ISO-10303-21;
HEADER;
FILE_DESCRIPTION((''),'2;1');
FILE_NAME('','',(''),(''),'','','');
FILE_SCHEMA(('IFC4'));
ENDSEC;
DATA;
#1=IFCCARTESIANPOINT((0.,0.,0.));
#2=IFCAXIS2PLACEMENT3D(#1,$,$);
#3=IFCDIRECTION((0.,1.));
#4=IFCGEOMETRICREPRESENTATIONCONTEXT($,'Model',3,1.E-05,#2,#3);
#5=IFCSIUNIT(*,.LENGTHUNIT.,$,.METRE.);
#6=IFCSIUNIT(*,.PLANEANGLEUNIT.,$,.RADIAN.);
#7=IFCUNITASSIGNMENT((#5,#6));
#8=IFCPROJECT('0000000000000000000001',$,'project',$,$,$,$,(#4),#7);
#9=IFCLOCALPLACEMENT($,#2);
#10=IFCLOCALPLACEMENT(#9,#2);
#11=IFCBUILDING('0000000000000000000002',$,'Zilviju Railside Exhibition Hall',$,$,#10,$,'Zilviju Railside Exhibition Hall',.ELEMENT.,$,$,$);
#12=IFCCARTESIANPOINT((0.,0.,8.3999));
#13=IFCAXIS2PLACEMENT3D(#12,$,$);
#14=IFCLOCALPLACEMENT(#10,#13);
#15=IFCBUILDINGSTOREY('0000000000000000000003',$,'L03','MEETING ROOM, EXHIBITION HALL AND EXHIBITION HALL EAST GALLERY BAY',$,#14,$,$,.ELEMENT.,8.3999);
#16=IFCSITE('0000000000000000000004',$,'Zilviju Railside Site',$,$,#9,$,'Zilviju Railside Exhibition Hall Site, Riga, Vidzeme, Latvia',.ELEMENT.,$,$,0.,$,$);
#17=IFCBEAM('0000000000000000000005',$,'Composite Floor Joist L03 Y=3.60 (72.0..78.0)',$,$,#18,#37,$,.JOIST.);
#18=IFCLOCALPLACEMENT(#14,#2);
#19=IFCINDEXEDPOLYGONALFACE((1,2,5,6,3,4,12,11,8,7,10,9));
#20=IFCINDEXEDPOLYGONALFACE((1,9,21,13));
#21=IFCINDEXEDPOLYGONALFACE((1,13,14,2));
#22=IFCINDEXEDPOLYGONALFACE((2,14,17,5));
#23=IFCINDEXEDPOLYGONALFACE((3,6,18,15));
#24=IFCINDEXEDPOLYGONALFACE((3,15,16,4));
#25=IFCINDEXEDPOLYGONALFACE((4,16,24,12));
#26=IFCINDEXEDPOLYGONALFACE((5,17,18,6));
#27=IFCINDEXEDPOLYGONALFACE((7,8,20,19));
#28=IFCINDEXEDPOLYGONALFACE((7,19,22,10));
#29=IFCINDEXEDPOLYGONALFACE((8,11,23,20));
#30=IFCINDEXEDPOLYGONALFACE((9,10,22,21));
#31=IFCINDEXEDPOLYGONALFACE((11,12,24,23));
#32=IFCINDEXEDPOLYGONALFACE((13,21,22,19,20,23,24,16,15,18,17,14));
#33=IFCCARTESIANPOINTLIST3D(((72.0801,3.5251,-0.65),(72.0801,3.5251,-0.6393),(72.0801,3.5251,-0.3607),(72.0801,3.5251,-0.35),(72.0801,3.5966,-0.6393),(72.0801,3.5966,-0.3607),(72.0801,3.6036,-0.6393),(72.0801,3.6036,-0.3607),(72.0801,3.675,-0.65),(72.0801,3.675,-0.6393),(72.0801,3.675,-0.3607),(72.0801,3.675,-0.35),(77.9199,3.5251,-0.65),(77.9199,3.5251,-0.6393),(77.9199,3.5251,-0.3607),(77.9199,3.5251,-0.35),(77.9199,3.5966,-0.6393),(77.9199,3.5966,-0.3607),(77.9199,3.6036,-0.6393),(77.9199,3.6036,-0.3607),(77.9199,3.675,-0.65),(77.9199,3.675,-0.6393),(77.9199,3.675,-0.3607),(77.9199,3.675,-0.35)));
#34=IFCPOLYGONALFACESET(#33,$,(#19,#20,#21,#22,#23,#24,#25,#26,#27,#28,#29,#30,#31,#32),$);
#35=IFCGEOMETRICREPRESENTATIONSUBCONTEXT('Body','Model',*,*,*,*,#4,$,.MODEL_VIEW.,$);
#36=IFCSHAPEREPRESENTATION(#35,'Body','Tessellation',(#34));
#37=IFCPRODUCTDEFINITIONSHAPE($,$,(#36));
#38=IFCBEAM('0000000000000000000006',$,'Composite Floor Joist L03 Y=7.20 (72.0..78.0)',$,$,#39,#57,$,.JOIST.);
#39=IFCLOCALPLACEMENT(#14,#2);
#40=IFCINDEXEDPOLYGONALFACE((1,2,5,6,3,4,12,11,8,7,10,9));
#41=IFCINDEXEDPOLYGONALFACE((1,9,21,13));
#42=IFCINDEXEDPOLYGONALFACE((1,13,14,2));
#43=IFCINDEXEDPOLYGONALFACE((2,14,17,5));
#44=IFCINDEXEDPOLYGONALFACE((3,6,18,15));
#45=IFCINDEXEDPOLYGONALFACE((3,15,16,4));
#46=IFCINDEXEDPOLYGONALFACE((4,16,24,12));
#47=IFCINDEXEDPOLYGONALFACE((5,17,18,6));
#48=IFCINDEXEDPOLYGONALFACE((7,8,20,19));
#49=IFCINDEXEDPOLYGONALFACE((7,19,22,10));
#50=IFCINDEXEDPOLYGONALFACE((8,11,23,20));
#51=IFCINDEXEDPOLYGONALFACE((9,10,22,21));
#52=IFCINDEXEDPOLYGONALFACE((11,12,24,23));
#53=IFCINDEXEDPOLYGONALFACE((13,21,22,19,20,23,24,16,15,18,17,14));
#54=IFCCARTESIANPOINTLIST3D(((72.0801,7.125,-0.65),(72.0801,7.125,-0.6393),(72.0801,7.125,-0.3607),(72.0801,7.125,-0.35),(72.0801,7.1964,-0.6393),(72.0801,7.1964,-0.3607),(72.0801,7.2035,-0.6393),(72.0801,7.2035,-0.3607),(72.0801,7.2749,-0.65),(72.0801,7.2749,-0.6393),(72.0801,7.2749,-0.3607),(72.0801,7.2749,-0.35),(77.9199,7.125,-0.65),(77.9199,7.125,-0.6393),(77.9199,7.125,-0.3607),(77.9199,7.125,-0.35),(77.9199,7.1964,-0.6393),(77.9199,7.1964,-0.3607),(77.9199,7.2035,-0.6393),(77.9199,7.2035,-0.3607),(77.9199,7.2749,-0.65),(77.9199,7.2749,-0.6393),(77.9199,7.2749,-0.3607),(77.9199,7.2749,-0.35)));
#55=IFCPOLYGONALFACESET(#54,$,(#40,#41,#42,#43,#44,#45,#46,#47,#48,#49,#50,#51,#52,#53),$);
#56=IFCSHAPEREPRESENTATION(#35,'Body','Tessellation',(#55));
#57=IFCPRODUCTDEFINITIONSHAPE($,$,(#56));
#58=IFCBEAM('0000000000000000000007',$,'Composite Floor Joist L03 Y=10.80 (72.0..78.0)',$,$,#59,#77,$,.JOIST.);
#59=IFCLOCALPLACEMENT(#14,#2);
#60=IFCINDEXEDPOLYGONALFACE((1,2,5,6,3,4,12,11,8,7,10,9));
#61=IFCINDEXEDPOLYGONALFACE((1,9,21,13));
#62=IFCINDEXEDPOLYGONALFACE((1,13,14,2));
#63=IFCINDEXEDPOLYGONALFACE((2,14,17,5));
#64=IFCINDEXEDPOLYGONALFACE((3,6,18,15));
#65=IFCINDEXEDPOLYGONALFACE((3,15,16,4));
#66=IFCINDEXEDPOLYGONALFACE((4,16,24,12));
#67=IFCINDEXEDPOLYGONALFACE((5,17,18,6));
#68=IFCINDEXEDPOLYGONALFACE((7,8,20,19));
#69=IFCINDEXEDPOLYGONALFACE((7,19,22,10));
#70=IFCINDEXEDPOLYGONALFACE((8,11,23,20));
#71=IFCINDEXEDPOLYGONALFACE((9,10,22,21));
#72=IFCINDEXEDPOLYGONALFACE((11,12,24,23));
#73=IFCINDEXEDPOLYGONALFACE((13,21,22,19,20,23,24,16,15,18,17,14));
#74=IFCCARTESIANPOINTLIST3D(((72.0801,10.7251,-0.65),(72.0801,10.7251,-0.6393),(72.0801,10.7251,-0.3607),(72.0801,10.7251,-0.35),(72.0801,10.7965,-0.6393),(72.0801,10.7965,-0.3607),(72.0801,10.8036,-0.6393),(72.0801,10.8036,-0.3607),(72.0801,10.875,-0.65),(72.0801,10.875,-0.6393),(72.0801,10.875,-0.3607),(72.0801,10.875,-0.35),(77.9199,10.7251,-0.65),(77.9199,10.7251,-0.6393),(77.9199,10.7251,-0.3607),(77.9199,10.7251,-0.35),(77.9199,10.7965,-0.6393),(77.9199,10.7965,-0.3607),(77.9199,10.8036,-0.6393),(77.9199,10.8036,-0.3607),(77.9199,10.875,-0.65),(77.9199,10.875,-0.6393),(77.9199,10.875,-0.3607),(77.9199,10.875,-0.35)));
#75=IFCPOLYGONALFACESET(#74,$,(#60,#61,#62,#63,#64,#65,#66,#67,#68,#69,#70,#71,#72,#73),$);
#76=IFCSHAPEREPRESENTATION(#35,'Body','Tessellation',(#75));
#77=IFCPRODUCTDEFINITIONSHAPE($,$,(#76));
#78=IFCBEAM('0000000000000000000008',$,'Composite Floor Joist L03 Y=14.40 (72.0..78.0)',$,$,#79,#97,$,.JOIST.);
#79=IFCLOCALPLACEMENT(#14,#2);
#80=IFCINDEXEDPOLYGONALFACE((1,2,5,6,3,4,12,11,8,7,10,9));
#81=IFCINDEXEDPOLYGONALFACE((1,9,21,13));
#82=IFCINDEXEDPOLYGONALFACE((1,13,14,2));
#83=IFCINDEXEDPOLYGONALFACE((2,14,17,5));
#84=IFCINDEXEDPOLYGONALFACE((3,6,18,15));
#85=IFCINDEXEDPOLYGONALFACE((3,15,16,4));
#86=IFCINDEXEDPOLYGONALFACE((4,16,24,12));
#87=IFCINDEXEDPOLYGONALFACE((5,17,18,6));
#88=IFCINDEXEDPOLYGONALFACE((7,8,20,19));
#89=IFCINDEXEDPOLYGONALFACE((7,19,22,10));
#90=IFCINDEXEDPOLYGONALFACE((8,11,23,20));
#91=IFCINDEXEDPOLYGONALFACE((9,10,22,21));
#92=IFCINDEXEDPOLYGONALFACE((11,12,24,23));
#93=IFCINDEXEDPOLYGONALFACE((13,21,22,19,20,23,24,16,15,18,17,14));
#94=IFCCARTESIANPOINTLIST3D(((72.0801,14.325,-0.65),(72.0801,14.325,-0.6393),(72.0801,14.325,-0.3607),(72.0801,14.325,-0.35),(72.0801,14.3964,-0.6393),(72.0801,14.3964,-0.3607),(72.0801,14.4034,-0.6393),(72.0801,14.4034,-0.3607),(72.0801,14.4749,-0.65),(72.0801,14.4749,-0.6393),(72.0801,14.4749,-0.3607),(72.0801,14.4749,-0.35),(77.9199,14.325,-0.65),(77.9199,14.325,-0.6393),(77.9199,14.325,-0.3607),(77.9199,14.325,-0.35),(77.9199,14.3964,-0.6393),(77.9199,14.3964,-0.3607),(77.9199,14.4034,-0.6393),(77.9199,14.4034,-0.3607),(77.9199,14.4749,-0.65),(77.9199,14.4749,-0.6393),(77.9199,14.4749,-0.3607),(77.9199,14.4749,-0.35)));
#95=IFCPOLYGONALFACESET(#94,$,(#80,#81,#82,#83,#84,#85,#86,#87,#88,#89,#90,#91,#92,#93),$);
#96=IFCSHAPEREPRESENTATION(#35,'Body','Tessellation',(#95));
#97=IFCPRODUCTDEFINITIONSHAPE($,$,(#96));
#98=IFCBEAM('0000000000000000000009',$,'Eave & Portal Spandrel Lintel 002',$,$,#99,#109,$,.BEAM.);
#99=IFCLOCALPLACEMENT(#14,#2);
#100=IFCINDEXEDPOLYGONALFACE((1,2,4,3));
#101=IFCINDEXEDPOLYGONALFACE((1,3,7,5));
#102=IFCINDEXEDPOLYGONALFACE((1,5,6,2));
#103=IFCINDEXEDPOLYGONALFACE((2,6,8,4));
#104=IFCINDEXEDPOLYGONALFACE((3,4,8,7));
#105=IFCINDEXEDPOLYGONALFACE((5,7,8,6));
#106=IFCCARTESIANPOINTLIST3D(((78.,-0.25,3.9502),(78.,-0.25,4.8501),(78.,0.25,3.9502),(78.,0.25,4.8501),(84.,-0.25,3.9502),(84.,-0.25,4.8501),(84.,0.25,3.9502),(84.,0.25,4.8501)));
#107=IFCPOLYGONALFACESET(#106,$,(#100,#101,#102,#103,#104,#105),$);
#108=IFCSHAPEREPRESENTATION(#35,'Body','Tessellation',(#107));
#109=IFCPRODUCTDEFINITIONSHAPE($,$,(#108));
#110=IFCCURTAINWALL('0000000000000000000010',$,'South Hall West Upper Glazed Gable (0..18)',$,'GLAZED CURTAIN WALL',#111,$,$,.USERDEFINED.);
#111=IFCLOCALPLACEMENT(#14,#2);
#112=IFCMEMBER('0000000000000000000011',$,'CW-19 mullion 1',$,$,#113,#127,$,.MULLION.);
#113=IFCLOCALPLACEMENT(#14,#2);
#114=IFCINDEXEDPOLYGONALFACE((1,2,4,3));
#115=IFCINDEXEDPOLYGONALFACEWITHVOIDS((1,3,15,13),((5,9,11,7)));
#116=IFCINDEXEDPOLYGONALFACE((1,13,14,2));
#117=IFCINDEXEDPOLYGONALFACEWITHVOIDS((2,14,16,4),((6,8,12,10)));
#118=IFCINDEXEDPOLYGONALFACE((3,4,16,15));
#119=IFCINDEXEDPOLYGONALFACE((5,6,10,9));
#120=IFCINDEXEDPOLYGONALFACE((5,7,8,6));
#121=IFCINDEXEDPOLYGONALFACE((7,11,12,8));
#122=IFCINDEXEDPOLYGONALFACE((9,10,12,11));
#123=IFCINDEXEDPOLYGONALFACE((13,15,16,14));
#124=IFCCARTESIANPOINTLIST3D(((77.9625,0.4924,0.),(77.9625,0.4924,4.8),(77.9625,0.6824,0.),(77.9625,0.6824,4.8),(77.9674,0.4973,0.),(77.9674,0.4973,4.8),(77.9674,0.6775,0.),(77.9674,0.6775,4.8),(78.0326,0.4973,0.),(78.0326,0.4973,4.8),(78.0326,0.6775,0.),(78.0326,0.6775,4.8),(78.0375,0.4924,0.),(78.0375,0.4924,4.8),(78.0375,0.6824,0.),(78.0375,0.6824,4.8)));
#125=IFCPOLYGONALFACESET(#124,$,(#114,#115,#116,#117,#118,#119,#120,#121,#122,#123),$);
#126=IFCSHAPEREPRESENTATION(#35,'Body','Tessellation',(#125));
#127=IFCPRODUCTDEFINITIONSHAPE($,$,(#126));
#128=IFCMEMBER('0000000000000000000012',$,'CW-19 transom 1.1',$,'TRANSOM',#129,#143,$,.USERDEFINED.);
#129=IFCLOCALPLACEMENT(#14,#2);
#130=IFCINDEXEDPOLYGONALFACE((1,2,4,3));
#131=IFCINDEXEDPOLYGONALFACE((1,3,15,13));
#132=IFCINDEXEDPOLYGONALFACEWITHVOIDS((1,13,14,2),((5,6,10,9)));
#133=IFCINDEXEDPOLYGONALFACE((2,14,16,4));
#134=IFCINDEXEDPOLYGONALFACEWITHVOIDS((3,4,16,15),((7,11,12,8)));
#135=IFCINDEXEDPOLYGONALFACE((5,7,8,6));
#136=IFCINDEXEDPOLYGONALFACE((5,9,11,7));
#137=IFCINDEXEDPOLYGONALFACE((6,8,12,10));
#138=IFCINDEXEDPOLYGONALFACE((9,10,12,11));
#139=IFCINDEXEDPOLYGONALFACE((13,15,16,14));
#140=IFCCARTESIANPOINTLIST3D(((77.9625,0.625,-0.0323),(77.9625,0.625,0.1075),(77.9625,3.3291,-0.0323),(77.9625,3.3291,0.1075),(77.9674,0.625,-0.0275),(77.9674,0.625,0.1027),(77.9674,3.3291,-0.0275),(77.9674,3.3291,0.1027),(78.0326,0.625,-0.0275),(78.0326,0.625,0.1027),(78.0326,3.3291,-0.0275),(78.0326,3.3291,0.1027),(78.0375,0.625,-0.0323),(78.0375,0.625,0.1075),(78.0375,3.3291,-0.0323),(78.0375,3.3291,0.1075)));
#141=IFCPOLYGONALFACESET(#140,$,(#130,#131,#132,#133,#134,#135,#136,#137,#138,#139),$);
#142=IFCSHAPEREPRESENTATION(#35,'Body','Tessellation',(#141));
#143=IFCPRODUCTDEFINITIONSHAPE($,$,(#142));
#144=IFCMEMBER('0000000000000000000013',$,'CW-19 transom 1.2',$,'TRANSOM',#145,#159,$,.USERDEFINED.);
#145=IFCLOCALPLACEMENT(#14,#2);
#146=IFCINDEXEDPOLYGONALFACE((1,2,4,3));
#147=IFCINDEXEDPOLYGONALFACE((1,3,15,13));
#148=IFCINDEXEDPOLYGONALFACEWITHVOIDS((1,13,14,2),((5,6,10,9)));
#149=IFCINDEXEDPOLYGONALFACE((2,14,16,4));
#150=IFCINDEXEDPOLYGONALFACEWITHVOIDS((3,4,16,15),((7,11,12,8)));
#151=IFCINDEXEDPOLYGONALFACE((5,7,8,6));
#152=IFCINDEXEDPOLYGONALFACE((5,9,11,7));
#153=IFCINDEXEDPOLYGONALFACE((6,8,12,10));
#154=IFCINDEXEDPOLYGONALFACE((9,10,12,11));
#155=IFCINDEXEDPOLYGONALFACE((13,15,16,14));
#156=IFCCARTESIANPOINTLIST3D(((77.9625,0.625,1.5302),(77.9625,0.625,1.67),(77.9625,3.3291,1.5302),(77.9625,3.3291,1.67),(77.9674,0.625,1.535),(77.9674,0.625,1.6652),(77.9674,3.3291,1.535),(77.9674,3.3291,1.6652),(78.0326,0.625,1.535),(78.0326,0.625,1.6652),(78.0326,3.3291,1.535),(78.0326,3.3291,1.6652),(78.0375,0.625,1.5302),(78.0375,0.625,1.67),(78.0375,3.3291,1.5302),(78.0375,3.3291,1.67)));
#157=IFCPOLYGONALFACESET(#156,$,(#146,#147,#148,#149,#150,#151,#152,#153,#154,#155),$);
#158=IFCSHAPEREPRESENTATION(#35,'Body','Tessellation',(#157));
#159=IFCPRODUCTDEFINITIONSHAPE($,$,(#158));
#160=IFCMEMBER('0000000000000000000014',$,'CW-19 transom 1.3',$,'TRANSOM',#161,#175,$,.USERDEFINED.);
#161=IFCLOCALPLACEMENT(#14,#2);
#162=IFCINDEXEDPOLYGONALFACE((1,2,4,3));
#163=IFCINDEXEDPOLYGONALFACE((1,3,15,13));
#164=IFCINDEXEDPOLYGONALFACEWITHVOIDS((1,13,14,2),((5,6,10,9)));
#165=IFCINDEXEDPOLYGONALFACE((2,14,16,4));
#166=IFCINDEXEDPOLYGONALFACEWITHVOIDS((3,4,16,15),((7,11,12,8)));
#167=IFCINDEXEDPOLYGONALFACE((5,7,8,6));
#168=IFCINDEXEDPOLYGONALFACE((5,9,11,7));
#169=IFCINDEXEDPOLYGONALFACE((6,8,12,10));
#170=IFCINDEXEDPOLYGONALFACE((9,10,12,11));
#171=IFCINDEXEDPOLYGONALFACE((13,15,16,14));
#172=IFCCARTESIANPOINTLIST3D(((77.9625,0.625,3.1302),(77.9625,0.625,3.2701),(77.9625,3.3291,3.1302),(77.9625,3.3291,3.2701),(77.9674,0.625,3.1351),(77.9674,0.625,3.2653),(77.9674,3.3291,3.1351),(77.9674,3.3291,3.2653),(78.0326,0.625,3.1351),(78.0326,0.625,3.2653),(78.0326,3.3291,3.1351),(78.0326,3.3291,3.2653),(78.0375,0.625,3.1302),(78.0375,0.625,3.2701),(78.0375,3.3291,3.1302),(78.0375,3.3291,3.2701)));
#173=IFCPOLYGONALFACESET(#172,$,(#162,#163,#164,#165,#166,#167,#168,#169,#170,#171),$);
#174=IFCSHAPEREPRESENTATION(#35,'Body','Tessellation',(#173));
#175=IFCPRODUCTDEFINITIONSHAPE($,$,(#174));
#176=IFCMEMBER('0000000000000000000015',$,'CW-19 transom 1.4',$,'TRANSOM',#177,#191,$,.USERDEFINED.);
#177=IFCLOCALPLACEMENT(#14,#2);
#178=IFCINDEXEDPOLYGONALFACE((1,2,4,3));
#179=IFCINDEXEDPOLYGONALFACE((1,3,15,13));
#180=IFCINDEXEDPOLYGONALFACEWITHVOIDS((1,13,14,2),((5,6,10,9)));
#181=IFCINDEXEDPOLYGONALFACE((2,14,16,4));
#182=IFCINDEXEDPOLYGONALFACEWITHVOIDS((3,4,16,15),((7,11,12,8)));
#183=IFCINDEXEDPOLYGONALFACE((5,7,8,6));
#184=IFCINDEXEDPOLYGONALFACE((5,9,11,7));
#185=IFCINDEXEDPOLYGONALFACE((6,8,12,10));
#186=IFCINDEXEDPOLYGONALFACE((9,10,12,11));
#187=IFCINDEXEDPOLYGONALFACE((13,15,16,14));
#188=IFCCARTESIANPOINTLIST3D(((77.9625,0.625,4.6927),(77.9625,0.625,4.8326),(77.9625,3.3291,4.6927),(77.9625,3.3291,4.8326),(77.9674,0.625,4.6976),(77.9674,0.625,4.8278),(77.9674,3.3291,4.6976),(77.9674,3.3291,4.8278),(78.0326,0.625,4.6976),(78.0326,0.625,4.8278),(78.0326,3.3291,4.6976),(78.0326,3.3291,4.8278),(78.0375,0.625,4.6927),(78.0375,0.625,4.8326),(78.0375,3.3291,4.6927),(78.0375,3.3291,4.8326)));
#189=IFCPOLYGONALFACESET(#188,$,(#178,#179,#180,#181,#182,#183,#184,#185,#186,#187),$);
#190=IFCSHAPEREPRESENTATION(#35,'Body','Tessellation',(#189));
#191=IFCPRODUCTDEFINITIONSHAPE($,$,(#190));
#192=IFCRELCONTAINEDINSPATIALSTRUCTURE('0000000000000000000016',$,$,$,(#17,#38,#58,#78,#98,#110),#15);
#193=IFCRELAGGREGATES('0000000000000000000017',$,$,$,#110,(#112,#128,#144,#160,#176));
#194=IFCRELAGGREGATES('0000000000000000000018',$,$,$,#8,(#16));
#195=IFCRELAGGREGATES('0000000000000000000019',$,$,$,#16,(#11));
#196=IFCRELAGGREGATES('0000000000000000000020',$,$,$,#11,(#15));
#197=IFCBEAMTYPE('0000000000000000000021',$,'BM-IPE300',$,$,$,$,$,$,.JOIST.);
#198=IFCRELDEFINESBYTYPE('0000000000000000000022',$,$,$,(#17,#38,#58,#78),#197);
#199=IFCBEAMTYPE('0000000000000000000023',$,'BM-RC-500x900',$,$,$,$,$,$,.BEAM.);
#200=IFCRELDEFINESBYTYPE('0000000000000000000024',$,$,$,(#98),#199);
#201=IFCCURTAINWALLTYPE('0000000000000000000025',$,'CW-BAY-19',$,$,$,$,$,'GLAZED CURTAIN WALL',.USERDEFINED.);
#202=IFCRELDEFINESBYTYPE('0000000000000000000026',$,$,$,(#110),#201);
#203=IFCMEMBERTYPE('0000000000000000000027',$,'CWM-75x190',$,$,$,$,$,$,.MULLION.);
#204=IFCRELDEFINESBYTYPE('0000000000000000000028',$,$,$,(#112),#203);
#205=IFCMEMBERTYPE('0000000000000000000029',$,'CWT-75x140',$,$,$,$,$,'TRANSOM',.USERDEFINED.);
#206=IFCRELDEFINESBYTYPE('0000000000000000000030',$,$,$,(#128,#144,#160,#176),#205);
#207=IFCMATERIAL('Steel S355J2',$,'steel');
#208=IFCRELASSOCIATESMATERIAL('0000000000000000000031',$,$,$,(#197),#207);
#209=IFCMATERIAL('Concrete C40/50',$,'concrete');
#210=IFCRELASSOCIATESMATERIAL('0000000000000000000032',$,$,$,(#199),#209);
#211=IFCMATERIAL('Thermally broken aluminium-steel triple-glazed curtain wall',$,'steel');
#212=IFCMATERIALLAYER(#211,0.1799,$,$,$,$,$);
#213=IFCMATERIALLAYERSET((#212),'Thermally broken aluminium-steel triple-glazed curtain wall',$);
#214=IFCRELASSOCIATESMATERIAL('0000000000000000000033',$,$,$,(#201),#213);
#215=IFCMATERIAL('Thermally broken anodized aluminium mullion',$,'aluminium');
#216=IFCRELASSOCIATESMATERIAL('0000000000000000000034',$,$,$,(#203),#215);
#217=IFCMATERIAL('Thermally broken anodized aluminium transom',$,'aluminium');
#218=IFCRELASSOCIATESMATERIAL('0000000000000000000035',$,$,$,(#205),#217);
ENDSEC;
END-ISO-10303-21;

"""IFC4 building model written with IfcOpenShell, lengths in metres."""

from ifc_helpers import new_model, si_unit, direction, frame, origin, origin_2d, place, context, subcontext, project, spatial, rectangle, hollow_rectangle, i_section, extrude, material, layer, layer_set, material_profile, profile_set, type_object, element, aggregate, save


model = new_model("IFC4")

# Units and contexts
model_context = context("Model", 3, precision=1e-05, world=origin(), true_north=direction((0.0, 1.0)))
body_context = subcontext(model_context, "Body", "Model", "MODEL_VIEW")
ifc_project = project(units=[si_unit("LENGTHUNIT", "METRE"), si_unit("PLANEANGLEUNIT", "RADIAN")], contexts=[model_context])

# Site, building, storey
site_placement = place(None, origin())
site = spatial("IfcSite", under=ifc_project, at=site_placement, Name="Zilviju Railside Site", LongName="Zilviju Railside Exhibition Hall Site, Riga, Vidzeme, Latvia", CompositionType="ELEMENT", RefElevation=0.0)
building_placement = place(site_placement, origin())
building = spatial("IfcBuilding", under=site, at=building_placement, Name="Zilviju Railside Exhibition Hall", LongName="Zilviju Railside Exhibition Hall", CompositionType="ELEMENT")
storey_placement = place(building_placement, frame((0.0, 0.0, 8.3999)))
storey = spatial("IfcBuildingStorey", under=building, at=storey_placement, Name="L03", Description="MEETING ROOM, EXHIBITION HALL AND EXHIBITION HALL EAST GALLERY BAY", CompositionType="ELEMENT", Elevation=8.3999)

# Shared definitions
ifc_material_1 = material(Name="Steel S355J2", Category="steel")
ifc_material_2 = material(Name="Concrete C40/50", Category="concrete")

# Beams
ifc_material_profile_1 = material_profile(ifc_material_1, i_section(OverallWidth=0.1499, OverallDepth=0.3, WebThickness=0.0071, FlangeThickness=0.0107, at=origin_2d()), Name="IPE 300")
ifc_profile_set_1 = profile_set([ifc_material_profile_1], Name="Steel S355J2")
beam_type_1 = type_object("IfcBeamType", Name="BM-IPE300", PredefinedType="JOIST", material=ifc_profile_set_1)
for number, where, z_axis, x_axis, name in (
    (1, (72.0801, 3.6001, -0.5), (1.0, 0.0, 0.0), (0.0, 1.0, 0.0), "Composite Floor Joist L03 Y=3.60 (72.0..78.0)"),
    (2, (72.0801, 7.2, -0.5), (1.0, 0.0, 0.0), (0.0, 1.0, 0.0), "Composite Floor Joist L03 Y=7.20 (72.0..78.0)"),
    (3, (72.0801, 10.8, -0.5), (1.0, 0.0, 0.0), (0.0, 1.0, 0.0), "Composite Floor Joist L03 Y=10.80 (72.0..78.0)"),
    (4, (72.0801, 14.3999, -0.5), (1.0, 0.0, 0.0), (0.0, 1.0, 0.0), "Composite Floor Joist L03 Y=14.40 (72.0..78.0)"),
):
    element("IfcBeam", number, at=place(storey_placement, frame(where, z_axis=z_axis, x_axis=x_axis)), inside=storey, type_object=beam_type_1, Name=name, PredefinedType="JOIST", context=body_context, shape_type="SweptSolid", body=[
        extrude(i_section(OverallWidth=0.1499, OverallDepth=0.3, WebThickness=0.0071, FlangeThickness=0.0107, at=origin_2d()), origin(), (0.0, 0.0, 1.0), 5.8398),
    ])
ifc_material_profile_2 = material_profile(ifc_material_2, rectangle(XDim=0.5, YDim=0.8999, at=origin_2d()), Name="RC BEAM 500x900")
ifc_profile_set_2 = profile_set([ifc_material_profile_2], Name="Concrete C40/50")
beam_type_2 = type_object("IfcBeamType", Name="BM-RC-500x900", PredefinedType="BEAM", material=ifc_profile_set_2)
beam_1_placement = place(storey_placement, frame((78.0, 0.0, 4.4001), z_axis=(1.0, 0.0, 0.0), x_axis=(0.0, 1.0, 0.0)))
element("IfcBeam", 5, at=beam_1_placement, inside=storey, type_object=beam_type_2, Name="Eave & Portal Spandrel Lintel 002", PredefinedType="BEAM", context=body_context, shape_type="SweptSolid", body=[
    extrude(rectangle(XDim=0.5, YDim=0.8999, at=origin_2d()), origin(), (0.0, 0.0, 1.0), 6.0),
])

# Curtain wall, members
ifc_material_3 = material(Name="Thermally broken aluminium-steel triple-glazed curtain wall", Category="steel")
ifc_layer_1 = layer(ifc_material_3, 0.1799)
ifc_layer_set_1 = layer_set([ifc_layer_1], Name="Thermally broken aluminium-steel triple-glazed curtain wall")
curtain_wall_type = type_object("IfcCurtainWallType", Name="CW-BAY-19", ElementType="GLAZED CURTAIN WALL", PredefinedType="USERDEFINED", material=ifc_layer_set_1)
curtain_wall_placement = place(storey_placement, origin())
curtain_wall = element("IfcCurtainWall", 6, at=curtain_wall_placement, inside=storey, type_object=curtain_wall_type, Name="South Hall West Upper Glazed Gable (0..18)", ObjectType="GLAZED CURTAIN WALL", PredefinedType="USERDEFINED")
ifc_material_4 = material(Name="Thermally broken anodized aluminium mullion", Category="aluminium")
ifc_material_profile_3 = material_profile(ifc_material_4, hollow_rectangle(XDim=0.075, YDim=0.1899, WallThickness=0.0049, at=origin_2d()), Name="MULLION 190x75x5")
ifc_profile_set_3 = profile_set([ifc_material_profile_3], Name="Thermally broken anodized aluminium mullion")
member_type_1 = type_object("IfcMemberType", Name="CWM-75x190", PredefinedType="MULLION", material=ifc_profile_set_3)
member_1_placement = place(storey_placement, frame((78.0, 0.5874, 0.0), z_axis=(0.0, 0.0, 1.0), x_axis=(-1.0, 0.0, 0.0)))
member_1 = element("IfcMember", 7, at=member_1_placement, type_object=member_type_1, Name="CW-19 mullion 1", PredefinedType="MULLION", context=body_context, shape_type="SweptSolid", body=[
    extrude(hollow_rectangle(XDim=0.075, YDim=0.1899, WallThickness=0.0049, at=origin_2d()), origin(), (0.0, 0.0, 1.0), 4.8),
])
ifc_material_5 = material(Name="Thermally broken anodized aluminium transom", Category="aluminium")
ifc_material_profile_4 = material_profile(ifc_material_5, hollow_rectangle(XDim=0.075, YDim=0.1399, WallThickness=0.0049, at=origin_2d()), Name="TRANSOM 140x75x5")
ifc_profile_set_4 = profile_set([ifc_material_profile_4], Name="Thermally broken anodized aluminium transom")
member_type_2 = type_object("IfcMemberType", Name="CWT-75x140", ElementType="TRANSOM", PredefinedType="USERDEFINED", material=ifc_profile_set_4)
member_2_placement = place(storey_placement, frame((78.0, 0.625, 0.0376), z_axis=(0.0, 1.0, 0.0), x_axis=(-1.0, 0.0, 0.0)))
member_2 = element("IfcMember", 8, at=member_2_placement, type_object=member_type_2, Name="CW-19 transom 1.1", ObjectType="TRANSOM", PredefinedType="USERDEFINED", context=body_context, shape_type="SweptSolid", body=[
    extrude(hollow_rectangle(XDim=0.075, YDim=0.1399, WallThickness=0.0049, at=origin_2d()), origin(), (0.0, 0.0, 1.0), 2.7041),
])
member_3_placement = place(storey_placement, frame((78.0, 0.625, 1.6001), z_axis=(0.0, 1.0, 0.0), x_axis=(-1.0, 0.0, 0.0)))
member_3 = element("IfcMember", 9, at=member_3_placement, type_object=member_type_2, Name="CW-19 transom 1.2", ObjectType="TRANSOM", PredefinedType="USERDEFINED", context=body_context, shape_type="SweptSolid", body=[
    extrude(hollow_rectangle(XDim=0.075, YDim=0.1399, WallThickness=0.0049, at=origin_2d()), origin(), (0.0, 0.0, 1.0), 2.7041),
])
member_4_placement = place(storey_placement, frame((78.0, 0.625, 3.2002), z_axis=(0.0, 1.0, 0.0), x_axis=(-1.0, 0.0, 0.0)))
member_4 = element("IfcMember", 10, at=member_4_placement, type_object=member_type_2, Name="CW-19 transom 1.3", ObjectType="TRANSOM", PredefinedType="USERDEFINED", context=body_context, shape_type="SweptSolid", body=[
    extrude(hollow_rectangle(XDim=0.075, YDim=0.1399, WallThickness=0.0049, at=origin_2d()), origin(), (0.0, 0.0, 1.0), 2.7041),
])
member_5_placement = place(storey_placement, frame((78.0, 0.625, 4.7627), z_axis=(0.0, 1.0, 0.0), x_axis=(-1.0, 0.0, 0.0)))
member_5 = element("IfcMember", 11, at=member_5_placement, type_object=member_type_2, Name="CW-19 transom 1.4", ObjectType="TRANSOM", PredefinedType="USERDEFINED", context=body_context, shape_type="SweptSolid", body=[
    extrude(hollow_rectangle(XDim=0.075, YDim=0.1399, WallThickness=0.0049, at=origin_2d()), origin(), (0.0, 0.0, 1.0), 2.7041),
])
aggregate(curtain_wall, [member_1, member_2, member_3, member_4, member_5])

save(model, "model.ifc")
